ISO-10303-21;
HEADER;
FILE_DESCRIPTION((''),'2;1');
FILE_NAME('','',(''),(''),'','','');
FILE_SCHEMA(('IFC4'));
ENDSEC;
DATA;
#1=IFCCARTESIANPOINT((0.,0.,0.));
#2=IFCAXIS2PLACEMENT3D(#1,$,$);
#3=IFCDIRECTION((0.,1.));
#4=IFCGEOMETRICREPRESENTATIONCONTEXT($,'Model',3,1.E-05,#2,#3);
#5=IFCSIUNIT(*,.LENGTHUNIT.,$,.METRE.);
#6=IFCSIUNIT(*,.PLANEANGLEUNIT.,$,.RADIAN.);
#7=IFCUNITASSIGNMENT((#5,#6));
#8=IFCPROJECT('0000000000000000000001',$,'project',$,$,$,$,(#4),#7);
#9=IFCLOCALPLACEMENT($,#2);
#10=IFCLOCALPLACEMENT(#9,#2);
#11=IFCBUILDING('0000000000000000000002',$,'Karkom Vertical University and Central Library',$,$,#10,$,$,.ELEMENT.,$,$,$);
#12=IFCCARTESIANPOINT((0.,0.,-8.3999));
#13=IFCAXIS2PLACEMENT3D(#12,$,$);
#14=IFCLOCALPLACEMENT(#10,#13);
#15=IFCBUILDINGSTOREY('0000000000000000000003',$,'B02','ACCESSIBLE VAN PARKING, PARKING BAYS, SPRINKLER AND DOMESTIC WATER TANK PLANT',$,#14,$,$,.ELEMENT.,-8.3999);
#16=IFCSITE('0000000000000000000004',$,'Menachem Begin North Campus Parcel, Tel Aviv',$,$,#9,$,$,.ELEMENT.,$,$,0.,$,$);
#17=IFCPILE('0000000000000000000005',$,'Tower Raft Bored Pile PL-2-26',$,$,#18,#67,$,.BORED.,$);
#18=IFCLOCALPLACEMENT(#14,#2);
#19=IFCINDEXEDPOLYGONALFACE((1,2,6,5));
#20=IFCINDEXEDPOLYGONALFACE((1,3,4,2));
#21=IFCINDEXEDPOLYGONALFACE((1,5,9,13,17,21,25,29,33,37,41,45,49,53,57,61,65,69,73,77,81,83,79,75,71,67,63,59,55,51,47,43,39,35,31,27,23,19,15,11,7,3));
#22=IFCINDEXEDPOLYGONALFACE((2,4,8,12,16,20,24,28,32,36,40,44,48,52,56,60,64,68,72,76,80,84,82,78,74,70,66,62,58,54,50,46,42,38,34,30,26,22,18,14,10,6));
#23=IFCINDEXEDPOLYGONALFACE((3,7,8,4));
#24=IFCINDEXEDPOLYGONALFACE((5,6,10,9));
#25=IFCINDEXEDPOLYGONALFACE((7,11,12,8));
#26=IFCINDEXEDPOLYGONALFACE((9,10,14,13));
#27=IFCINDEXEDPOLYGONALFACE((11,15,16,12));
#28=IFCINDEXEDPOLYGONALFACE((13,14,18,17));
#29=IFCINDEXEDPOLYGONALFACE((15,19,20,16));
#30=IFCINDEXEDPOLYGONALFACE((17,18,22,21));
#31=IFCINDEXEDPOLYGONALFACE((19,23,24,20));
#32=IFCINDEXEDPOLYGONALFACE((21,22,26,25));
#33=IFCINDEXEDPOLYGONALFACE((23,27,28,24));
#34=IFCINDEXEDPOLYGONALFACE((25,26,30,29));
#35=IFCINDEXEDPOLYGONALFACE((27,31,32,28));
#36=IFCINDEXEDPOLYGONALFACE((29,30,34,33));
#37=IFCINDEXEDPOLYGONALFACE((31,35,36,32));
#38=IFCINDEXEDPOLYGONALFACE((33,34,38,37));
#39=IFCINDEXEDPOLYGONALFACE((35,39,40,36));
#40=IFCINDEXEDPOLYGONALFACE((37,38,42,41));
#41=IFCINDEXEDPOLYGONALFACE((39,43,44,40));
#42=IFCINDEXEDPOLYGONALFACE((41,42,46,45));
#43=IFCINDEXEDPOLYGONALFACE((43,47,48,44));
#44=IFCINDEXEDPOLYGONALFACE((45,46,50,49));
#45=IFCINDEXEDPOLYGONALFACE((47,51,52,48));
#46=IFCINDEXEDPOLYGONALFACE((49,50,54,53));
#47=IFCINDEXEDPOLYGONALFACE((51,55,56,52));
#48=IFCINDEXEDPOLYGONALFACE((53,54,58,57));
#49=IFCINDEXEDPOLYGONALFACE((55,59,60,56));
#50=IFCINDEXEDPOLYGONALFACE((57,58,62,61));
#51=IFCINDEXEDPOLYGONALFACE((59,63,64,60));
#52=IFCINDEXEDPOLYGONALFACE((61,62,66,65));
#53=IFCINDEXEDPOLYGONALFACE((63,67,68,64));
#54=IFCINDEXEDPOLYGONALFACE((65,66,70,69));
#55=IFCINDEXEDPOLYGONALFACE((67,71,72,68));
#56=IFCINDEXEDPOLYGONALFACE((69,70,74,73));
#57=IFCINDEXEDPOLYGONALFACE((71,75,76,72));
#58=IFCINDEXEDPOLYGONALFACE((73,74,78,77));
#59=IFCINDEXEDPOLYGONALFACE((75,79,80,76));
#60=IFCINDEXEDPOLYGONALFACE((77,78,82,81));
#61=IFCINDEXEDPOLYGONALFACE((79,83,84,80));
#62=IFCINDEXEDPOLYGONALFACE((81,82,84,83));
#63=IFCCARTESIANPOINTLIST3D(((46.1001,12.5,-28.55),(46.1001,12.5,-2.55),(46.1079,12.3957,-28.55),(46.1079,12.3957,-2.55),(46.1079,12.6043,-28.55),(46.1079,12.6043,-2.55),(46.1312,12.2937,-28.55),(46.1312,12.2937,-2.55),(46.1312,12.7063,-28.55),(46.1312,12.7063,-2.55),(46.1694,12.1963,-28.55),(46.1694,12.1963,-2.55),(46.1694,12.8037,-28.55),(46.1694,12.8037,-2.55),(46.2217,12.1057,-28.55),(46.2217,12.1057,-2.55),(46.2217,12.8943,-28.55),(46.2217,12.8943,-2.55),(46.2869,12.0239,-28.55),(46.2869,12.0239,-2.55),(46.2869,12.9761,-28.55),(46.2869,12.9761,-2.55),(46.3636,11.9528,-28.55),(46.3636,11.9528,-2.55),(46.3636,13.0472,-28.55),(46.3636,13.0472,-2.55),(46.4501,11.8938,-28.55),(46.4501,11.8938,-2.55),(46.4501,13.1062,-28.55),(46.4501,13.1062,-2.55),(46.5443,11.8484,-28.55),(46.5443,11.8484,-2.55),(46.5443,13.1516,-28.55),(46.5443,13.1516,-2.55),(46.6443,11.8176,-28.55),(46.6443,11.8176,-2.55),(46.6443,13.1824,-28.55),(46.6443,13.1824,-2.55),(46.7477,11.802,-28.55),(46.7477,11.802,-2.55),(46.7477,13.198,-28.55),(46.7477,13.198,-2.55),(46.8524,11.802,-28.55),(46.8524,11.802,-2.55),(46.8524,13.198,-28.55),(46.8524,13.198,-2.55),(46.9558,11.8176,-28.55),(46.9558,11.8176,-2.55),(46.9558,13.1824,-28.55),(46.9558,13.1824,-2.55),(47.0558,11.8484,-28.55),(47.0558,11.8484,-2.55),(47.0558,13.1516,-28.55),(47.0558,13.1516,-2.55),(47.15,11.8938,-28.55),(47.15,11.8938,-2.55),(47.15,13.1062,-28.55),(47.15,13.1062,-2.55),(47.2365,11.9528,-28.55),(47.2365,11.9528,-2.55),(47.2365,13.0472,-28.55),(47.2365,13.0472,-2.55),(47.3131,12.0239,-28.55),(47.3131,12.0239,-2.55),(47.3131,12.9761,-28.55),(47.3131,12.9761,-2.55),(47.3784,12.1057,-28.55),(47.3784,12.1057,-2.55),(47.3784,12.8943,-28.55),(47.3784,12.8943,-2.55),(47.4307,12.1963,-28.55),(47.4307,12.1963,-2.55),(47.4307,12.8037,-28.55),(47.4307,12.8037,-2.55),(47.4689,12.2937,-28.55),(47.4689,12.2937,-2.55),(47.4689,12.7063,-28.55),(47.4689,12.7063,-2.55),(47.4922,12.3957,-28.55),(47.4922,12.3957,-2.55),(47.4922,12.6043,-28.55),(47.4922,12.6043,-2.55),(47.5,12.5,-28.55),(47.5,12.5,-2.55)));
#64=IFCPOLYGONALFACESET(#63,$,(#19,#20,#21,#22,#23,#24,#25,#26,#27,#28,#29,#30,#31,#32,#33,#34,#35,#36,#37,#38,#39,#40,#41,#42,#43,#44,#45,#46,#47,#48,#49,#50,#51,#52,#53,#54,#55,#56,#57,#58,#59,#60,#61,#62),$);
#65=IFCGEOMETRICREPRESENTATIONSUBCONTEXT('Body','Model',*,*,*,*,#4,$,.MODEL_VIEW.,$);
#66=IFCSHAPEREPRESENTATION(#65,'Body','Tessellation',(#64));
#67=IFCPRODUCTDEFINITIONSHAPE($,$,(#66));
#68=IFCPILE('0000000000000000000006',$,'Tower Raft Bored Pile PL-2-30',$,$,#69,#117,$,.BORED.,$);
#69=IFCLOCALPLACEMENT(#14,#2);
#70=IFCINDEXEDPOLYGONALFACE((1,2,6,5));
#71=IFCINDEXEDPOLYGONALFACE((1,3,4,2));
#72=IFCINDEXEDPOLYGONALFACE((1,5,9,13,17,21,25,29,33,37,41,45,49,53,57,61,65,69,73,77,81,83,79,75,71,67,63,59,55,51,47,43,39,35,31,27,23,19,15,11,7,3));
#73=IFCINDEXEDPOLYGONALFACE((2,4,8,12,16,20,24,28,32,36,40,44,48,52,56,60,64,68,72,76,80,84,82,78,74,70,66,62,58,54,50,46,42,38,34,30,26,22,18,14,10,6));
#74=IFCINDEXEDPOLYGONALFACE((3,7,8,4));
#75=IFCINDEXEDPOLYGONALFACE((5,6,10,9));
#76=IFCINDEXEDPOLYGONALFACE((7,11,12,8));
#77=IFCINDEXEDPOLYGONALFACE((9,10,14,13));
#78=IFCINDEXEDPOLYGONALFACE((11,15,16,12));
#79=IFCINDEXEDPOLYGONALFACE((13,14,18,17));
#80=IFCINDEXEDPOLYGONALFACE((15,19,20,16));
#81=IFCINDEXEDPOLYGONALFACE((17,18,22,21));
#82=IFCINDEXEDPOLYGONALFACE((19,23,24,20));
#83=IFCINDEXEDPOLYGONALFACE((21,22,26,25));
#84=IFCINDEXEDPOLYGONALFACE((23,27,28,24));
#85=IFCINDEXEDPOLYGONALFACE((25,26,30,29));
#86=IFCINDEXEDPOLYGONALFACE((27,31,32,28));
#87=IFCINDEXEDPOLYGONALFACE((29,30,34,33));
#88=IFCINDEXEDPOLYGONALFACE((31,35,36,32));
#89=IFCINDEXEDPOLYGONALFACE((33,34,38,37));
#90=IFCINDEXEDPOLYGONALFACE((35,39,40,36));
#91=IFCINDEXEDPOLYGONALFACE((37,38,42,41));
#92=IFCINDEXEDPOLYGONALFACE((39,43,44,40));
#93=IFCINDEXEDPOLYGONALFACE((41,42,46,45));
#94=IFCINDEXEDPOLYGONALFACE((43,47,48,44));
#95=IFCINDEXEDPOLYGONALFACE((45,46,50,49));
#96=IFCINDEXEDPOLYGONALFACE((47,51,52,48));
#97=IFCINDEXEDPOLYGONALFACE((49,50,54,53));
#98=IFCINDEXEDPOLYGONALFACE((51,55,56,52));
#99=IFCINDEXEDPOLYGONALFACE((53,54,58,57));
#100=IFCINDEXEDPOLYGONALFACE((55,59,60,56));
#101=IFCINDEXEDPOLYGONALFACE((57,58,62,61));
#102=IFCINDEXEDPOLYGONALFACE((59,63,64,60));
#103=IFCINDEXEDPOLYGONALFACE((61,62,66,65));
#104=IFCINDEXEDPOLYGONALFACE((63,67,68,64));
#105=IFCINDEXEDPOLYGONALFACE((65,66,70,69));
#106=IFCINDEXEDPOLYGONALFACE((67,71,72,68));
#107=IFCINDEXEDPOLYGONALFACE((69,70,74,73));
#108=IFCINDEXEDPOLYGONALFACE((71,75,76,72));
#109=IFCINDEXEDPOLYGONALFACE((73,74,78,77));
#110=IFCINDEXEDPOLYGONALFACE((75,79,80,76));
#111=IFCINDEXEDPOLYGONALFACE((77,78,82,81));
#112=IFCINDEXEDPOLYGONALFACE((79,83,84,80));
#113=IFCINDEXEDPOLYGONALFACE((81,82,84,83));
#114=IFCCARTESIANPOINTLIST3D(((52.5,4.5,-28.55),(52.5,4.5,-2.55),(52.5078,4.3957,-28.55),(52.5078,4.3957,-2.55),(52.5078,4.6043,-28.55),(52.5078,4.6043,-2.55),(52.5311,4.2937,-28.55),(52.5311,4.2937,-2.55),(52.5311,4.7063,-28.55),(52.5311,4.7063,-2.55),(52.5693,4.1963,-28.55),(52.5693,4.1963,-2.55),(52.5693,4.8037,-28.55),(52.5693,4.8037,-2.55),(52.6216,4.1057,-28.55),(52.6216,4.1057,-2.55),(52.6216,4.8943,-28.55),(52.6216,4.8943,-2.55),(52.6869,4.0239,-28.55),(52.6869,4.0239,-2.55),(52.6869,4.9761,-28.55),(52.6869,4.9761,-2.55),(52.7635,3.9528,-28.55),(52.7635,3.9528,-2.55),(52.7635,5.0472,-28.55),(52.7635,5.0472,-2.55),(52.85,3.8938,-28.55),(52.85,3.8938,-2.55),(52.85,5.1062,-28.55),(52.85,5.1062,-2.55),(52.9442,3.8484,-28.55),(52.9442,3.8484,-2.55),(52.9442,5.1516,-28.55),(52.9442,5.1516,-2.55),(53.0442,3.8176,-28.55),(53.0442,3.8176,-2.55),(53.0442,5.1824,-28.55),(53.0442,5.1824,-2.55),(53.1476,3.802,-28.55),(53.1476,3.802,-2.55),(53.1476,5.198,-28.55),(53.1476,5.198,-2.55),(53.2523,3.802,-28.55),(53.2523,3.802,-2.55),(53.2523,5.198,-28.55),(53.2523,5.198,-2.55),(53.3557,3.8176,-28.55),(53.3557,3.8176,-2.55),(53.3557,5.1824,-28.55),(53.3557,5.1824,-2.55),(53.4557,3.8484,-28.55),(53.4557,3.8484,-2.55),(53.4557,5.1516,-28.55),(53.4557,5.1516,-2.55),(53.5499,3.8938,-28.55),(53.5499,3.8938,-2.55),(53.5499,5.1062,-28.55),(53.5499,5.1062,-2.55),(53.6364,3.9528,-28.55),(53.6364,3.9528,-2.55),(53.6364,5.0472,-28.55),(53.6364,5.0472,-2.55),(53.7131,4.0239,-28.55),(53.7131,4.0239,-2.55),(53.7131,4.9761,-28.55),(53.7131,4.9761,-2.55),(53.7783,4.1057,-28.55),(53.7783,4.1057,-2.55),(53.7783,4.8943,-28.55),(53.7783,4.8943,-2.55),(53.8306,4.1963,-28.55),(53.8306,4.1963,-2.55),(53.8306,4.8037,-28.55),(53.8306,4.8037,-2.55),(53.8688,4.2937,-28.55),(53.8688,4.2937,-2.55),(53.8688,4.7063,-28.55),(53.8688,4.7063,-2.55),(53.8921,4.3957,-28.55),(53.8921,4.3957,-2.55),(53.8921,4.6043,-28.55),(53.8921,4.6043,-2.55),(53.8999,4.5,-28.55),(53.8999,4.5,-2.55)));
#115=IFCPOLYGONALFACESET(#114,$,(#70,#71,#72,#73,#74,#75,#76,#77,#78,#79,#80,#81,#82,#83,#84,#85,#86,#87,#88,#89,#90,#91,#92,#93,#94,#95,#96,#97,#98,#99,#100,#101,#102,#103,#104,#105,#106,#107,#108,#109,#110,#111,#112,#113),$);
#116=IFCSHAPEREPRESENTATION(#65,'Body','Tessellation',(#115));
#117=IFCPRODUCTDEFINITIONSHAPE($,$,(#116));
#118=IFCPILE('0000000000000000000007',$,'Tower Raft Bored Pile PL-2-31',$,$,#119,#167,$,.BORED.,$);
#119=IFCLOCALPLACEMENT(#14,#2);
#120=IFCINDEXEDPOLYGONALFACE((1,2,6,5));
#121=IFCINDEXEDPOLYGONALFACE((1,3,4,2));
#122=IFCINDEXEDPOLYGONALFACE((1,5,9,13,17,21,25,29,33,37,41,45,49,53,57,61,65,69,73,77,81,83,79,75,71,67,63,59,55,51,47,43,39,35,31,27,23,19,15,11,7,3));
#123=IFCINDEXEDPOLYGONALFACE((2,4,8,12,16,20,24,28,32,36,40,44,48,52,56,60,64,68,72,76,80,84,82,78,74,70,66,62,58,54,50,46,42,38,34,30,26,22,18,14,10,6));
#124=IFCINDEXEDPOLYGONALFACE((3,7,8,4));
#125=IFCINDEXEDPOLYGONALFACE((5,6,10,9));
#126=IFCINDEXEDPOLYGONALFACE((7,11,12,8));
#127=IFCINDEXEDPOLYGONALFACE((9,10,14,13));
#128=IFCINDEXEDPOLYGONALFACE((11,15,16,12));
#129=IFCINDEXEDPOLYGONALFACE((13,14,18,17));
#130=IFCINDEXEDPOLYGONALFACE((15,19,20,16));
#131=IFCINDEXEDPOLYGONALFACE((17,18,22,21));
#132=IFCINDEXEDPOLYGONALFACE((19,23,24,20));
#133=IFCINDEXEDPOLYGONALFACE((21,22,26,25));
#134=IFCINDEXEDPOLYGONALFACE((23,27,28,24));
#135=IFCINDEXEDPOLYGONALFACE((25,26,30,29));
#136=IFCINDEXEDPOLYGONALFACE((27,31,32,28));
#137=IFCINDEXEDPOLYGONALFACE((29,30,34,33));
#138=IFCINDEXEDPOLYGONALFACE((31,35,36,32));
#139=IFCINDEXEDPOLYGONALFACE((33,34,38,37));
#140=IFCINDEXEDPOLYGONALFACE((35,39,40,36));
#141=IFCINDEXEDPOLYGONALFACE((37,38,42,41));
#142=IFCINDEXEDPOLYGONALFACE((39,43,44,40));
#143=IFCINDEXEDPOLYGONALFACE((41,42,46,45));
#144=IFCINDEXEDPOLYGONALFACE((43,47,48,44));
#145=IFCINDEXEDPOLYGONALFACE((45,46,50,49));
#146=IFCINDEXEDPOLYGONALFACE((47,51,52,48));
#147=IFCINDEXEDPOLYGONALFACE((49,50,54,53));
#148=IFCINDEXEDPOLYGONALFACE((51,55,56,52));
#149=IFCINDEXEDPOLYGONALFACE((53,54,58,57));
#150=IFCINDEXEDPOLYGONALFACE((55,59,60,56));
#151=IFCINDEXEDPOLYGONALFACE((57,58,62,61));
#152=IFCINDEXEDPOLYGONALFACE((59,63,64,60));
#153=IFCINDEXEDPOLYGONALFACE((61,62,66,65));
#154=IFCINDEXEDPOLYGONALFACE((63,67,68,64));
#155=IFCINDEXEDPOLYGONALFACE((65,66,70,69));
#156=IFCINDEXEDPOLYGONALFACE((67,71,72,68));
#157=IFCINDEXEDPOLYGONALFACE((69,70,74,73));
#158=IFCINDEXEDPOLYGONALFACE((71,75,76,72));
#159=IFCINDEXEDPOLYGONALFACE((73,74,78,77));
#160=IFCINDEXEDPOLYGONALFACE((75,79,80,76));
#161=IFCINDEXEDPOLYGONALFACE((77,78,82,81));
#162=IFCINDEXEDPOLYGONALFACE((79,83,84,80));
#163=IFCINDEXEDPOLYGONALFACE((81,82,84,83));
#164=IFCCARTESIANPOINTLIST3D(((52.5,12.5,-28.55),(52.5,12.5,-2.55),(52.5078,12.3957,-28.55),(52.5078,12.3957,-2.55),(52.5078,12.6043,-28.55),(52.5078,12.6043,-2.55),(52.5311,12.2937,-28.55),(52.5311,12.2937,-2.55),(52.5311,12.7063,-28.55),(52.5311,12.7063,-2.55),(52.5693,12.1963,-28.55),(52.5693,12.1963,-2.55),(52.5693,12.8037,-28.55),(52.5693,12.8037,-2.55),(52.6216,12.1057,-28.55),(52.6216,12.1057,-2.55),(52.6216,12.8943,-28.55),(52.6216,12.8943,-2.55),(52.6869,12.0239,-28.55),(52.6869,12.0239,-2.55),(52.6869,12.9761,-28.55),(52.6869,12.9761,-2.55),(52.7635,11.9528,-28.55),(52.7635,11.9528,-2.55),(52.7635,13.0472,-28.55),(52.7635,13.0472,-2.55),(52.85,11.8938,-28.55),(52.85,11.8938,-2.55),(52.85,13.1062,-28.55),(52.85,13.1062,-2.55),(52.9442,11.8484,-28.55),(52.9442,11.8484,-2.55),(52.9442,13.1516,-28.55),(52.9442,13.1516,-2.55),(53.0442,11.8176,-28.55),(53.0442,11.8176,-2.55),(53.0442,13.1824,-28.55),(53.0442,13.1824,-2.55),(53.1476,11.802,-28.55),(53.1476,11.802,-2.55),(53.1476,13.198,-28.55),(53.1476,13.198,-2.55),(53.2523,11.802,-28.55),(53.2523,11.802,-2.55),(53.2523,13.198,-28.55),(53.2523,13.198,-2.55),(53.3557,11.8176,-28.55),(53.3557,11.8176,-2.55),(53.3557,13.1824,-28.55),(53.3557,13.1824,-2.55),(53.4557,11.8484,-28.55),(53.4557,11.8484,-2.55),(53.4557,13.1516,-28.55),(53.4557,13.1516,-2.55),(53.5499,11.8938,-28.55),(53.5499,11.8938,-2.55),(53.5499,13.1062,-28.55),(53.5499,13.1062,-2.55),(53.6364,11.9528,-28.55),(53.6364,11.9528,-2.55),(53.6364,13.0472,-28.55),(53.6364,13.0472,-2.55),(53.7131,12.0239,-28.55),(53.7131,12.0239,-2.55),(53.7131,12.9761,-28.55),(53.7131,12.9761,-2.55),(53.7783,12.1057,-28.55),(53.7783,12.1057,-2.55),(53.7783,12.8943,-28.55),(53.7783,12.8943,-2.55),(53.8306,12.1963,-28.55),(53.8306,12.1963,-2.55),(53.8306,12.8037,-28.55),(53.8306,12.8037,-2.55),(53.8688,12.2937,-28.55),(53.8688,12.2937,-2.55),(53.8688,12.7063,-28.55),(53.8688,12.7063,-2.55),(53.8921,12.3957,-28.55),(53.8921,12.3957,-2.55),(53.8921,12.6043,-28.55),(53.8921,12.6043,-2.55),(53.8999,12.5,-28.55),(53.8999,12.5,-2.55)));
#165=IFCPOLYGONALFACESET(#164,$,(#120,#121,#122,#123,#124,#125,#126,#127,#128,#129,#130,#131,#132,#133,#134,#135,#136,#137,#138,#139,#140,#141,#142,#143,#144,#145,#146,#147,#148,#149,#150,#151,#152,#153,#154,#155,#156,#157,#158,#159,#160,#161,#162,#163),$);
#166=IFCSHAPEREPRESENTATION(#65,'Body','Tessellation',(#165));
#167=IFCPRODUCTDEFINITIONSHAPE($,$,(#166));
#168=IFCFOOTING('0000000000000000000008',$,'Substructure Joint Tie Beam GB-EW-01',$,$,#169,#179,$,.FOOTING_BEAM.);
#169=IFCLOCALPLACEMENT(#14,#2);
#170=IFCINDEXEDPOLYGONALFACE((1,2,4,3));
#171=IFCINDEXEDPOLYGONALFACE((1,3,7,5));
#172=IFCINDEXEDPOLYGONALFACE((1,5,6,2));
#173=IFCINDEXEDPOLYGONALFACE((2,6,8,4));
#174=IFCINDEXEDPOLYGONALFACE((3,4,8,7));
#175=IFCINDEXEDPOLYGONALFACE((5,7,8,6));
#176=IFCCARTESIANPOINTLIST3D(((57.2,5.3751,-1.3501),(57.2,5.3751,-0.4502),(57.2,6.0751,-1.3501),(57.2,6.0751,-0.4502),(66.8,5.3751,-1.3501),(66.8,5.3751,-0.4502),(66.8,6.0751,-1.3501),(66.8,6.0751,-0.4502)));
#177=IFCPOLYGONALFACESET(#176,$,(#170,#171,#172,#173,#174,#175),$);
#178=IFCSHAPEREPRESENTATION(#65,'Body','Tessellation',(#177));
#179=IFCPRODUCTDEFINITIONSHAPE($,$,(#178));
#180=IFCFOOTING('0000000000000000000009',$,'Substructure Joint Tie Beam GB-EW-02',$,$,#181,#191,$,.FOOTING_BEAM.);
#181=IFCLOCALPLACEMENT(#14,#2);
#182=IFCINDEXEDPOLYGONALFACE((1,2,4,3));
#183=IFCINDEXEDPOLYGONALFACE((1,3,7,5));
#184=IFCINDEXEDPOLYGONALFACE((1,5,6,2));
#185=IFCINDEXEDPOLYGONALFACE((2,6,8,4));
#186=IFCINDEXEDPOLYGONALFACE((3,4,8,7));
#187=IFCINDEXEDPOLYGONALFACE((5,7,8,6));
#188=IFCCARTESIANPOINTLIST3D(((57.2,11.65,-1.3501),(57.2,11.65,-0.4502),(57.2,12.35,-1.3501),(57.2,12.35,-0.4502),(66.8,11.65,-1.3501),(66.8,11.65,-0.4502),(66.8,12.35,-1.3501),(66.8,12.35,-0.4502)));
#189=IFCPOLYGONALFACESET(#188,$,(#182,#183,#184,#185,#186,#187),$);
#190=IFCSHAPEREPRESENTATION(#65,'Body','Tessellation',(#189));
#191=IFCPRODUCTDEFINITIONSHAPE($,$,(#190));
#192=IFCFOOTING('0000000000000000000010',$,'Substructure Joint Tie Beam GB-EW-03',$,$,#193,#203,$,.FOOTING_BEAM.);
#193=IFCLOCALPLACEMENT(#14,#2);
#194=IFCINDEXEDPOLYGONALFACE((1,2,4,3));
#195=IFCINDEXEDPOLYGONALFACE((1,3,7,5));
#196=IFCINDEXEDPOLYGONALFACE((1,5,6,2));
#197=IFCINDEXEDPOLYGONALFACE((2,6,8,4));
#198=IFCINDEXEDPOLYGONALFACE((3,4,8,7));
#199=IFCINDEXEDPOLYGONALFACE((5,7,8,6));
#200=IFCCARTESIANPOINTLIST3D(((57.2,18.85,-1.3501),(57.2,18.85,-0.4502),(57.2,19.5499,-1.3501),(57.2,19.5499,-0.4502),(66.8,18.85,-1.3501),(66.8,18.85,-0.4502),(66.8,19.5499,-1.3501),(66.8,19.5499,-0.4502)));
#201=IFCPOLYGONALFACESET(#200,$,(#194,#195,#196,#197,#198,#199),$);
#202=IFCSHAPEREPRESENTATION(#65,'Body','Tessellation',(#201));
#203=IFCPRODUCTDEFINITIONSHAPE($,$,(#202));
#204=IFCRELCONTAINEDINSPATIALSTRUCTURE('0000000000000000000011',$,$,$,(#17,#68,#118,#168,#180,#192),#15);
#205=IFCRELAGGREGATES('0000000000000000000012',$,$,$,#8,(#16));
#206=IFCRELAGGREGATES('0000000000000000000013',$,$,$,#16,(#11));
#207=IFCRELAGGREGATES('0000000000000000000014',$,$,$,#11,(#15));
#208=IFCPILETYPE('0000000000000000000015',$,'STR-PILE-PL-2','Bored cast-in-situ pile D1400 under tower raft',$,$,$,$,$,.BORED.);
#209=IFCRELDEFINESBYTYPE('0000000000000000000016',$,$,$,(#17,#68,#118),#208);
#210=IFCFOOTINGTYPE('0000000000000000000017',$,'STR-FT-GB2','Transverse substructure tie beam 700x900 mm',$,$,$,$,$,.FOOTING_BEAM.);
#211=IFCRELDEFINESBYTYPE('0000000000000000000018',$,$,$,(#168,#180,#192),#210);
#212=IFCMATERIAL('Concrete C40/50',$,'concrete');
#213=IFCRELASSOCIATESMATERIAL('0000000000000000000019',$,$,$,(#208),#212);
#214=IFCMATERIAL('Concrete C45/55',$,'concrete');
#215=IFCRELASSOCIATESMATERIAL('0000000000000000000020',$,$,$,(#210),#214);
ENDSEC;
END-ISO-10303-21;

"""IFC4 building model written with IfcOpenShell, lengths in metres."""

from ifc_helpers import new_model, si_unit, direction, frame, origin, origin_with_axes, origin_2d, place, context, subcontext, project, spatial, rectangle, circle, extrude, source, transform, mapped, material, material_profile, profile_set, type_object, element, save


model = new_model("IFC4")

# Units and contexts
model_context = context("Model", 3, precision=1e-05, world=origin(), true_north=direction((0.0, 1.0)))
body_context = subcontext(model_context, "Body", "Model", "MODEL_VIEW")
ifc_project = project(units=[si_unit("LENGTHUNIT", "METRE"), si_unit("PLANEANGLEUNIT", "RADIAN")], contexts=[model_context])

# Site, building, storey
site_placement = place(None, origin())
site = spatial("IfcSite", under=ifc_project, at=site_placement, Name="Menachem Begin North Campus Parcel, Tel Aviv", CompositionType="ELEMENT", RefElevation=0.0)
building_placement = place(site_placement, origin())
building = spatial("IfcBuilding", under=site, at=building_placement, Name="Karkom Vertical University and Central Library", CompositionType="ELEMENT")
storey_placement = place(building_placement, frame((0.0, 0.0, -8.3999)))
storey = spatial("IfcBuildingStorey", under=building, at=storey_placement, Name="B02", Description="ACCESSIBLE VAN PARKING, PARKING BAYS, SPRINKLER AND DOMESTIC WATER TANK PLANT", CompositionType="ELEMENT", Elevation=-8.3999)

# Piles
ifc_material_1 = material(Name="Concrete C40/50", Category="concrete")
ifc_material_profile_1 = material_profile(ifc_material_1, circle(Radius=0.7, at=origin_2d()), Name="PILE-D1400")
ifc_profile_set_1 = profile_set([ifc_material_profile_1], Name="Concrete C40/50")
pile_type = type_object("IfcPileType", Name="STR-PILE-PL-2", Description="Bored cast-in-situ pile D1400 under tower raft", PredefinedType="BORED", material=ifc_profile_set_1)
shared_shape_1 = source(origin_with_axes(), body_context, "Body", "SweptSolid", [
    extrude(circle(Radius=0.7, at=origin_2d()), origin(), (0.0, 0.0, 1.0), 26.0),
])
for number, where, z_axis, x_axis, name in (
    (1, (46.8, 12.5, -2.55), (0.0, 0.0, -1.0), (1.0, 0.0, 0.0), "Tower Raft Bored Pile PL-2-26"),
    (2, (53.2, 4.5, -2.55), (0.0, 0.0, -1.0), (1.0, 0.0, 0.0), "Tower Raft Bored Pile PL-2-30"),
    (3, (53.2, 12.5, -2.55), (0.0, 0.0, -1.0), (1.0, 0.0, 0.0), "Tower Raft Bored Pile PL-2-31"),
):
    element("IfcPile", number, at=place(storey_placement, frame(where, z_axis=z_axis, x_axis=x_axis)), inside=storey, type_object=pile_type, Name=name, PredefinedType="BORED", context=body_context, shape_type="MappedRepresentation", body=[
        mapped(shared_shape_1, transform((0.0, 0.0, 0.0), scale=1.0)),
    ])

# Footings
ifc_material_2 = material(Name="Concrete C45/55", Category="concrete")
ifc_material_profile_2 = material_profile(ifc_material_2, rectangle(XDim=0.7, YDim=0.8999, at=origin_2d()), Name="GB-700x900")
ifc_profile_set_2 = profile_set([ifc_material_profile_2], Name="Concrete C45/55")
footing_type_1 = type_object("IfcFootingType", Name="STR-FT-GB2", Description="Transverse substructure tie beam 700x900 mm", PredefinedType="FOOTING_BEAM", material=ifc_profile_set_2)
shared_shape_2 = source(origin_with_axes(), body_context, "Body", "SweptSolid", [
    extrude(rectangle(XDim=0.7, YDim=0.8999, at=origin_2d()), origin(), (0.0, 0.0, 1.0), 9.6001),
])
for number, where, z_axis, x_axis, name in (
    (4, (57.2, 5.7251, -0.9001), (1.0, 0.0, 0.0), (0.0, 1.0, 0.0), "Substructure Joint Tie Beam GB-EW-01"),
    (5, (57.2, 12.0, -0.9001), (1.0, 0.0, 0.0), (0.0, 1.0, 0.0), "Substructure Joint Tie Beam GB-EW-02"),
    (6, (57.2, 19.2, -0.9001), (1.0, 0.0, 0.0), (0.0, 1.0, 0.0), "Substructure Joint Tie Beam GB-EW-03"),
):
    element("IfcFooting", number, at=place(storey_placement, frame(where, z_axis=z_axis, x_axis=x_axis)), inside=storey, type_object=footing_type_1, Name=name, PredefinedType="FOOTING_BEAM", context=body_context, shape_type="MappedRepresentation", body=[
        mapped(shared_shape_2, transform((0.0, 0.0, 0.0), scale=1.0)),
    ])

save(model, "model.ifc")
